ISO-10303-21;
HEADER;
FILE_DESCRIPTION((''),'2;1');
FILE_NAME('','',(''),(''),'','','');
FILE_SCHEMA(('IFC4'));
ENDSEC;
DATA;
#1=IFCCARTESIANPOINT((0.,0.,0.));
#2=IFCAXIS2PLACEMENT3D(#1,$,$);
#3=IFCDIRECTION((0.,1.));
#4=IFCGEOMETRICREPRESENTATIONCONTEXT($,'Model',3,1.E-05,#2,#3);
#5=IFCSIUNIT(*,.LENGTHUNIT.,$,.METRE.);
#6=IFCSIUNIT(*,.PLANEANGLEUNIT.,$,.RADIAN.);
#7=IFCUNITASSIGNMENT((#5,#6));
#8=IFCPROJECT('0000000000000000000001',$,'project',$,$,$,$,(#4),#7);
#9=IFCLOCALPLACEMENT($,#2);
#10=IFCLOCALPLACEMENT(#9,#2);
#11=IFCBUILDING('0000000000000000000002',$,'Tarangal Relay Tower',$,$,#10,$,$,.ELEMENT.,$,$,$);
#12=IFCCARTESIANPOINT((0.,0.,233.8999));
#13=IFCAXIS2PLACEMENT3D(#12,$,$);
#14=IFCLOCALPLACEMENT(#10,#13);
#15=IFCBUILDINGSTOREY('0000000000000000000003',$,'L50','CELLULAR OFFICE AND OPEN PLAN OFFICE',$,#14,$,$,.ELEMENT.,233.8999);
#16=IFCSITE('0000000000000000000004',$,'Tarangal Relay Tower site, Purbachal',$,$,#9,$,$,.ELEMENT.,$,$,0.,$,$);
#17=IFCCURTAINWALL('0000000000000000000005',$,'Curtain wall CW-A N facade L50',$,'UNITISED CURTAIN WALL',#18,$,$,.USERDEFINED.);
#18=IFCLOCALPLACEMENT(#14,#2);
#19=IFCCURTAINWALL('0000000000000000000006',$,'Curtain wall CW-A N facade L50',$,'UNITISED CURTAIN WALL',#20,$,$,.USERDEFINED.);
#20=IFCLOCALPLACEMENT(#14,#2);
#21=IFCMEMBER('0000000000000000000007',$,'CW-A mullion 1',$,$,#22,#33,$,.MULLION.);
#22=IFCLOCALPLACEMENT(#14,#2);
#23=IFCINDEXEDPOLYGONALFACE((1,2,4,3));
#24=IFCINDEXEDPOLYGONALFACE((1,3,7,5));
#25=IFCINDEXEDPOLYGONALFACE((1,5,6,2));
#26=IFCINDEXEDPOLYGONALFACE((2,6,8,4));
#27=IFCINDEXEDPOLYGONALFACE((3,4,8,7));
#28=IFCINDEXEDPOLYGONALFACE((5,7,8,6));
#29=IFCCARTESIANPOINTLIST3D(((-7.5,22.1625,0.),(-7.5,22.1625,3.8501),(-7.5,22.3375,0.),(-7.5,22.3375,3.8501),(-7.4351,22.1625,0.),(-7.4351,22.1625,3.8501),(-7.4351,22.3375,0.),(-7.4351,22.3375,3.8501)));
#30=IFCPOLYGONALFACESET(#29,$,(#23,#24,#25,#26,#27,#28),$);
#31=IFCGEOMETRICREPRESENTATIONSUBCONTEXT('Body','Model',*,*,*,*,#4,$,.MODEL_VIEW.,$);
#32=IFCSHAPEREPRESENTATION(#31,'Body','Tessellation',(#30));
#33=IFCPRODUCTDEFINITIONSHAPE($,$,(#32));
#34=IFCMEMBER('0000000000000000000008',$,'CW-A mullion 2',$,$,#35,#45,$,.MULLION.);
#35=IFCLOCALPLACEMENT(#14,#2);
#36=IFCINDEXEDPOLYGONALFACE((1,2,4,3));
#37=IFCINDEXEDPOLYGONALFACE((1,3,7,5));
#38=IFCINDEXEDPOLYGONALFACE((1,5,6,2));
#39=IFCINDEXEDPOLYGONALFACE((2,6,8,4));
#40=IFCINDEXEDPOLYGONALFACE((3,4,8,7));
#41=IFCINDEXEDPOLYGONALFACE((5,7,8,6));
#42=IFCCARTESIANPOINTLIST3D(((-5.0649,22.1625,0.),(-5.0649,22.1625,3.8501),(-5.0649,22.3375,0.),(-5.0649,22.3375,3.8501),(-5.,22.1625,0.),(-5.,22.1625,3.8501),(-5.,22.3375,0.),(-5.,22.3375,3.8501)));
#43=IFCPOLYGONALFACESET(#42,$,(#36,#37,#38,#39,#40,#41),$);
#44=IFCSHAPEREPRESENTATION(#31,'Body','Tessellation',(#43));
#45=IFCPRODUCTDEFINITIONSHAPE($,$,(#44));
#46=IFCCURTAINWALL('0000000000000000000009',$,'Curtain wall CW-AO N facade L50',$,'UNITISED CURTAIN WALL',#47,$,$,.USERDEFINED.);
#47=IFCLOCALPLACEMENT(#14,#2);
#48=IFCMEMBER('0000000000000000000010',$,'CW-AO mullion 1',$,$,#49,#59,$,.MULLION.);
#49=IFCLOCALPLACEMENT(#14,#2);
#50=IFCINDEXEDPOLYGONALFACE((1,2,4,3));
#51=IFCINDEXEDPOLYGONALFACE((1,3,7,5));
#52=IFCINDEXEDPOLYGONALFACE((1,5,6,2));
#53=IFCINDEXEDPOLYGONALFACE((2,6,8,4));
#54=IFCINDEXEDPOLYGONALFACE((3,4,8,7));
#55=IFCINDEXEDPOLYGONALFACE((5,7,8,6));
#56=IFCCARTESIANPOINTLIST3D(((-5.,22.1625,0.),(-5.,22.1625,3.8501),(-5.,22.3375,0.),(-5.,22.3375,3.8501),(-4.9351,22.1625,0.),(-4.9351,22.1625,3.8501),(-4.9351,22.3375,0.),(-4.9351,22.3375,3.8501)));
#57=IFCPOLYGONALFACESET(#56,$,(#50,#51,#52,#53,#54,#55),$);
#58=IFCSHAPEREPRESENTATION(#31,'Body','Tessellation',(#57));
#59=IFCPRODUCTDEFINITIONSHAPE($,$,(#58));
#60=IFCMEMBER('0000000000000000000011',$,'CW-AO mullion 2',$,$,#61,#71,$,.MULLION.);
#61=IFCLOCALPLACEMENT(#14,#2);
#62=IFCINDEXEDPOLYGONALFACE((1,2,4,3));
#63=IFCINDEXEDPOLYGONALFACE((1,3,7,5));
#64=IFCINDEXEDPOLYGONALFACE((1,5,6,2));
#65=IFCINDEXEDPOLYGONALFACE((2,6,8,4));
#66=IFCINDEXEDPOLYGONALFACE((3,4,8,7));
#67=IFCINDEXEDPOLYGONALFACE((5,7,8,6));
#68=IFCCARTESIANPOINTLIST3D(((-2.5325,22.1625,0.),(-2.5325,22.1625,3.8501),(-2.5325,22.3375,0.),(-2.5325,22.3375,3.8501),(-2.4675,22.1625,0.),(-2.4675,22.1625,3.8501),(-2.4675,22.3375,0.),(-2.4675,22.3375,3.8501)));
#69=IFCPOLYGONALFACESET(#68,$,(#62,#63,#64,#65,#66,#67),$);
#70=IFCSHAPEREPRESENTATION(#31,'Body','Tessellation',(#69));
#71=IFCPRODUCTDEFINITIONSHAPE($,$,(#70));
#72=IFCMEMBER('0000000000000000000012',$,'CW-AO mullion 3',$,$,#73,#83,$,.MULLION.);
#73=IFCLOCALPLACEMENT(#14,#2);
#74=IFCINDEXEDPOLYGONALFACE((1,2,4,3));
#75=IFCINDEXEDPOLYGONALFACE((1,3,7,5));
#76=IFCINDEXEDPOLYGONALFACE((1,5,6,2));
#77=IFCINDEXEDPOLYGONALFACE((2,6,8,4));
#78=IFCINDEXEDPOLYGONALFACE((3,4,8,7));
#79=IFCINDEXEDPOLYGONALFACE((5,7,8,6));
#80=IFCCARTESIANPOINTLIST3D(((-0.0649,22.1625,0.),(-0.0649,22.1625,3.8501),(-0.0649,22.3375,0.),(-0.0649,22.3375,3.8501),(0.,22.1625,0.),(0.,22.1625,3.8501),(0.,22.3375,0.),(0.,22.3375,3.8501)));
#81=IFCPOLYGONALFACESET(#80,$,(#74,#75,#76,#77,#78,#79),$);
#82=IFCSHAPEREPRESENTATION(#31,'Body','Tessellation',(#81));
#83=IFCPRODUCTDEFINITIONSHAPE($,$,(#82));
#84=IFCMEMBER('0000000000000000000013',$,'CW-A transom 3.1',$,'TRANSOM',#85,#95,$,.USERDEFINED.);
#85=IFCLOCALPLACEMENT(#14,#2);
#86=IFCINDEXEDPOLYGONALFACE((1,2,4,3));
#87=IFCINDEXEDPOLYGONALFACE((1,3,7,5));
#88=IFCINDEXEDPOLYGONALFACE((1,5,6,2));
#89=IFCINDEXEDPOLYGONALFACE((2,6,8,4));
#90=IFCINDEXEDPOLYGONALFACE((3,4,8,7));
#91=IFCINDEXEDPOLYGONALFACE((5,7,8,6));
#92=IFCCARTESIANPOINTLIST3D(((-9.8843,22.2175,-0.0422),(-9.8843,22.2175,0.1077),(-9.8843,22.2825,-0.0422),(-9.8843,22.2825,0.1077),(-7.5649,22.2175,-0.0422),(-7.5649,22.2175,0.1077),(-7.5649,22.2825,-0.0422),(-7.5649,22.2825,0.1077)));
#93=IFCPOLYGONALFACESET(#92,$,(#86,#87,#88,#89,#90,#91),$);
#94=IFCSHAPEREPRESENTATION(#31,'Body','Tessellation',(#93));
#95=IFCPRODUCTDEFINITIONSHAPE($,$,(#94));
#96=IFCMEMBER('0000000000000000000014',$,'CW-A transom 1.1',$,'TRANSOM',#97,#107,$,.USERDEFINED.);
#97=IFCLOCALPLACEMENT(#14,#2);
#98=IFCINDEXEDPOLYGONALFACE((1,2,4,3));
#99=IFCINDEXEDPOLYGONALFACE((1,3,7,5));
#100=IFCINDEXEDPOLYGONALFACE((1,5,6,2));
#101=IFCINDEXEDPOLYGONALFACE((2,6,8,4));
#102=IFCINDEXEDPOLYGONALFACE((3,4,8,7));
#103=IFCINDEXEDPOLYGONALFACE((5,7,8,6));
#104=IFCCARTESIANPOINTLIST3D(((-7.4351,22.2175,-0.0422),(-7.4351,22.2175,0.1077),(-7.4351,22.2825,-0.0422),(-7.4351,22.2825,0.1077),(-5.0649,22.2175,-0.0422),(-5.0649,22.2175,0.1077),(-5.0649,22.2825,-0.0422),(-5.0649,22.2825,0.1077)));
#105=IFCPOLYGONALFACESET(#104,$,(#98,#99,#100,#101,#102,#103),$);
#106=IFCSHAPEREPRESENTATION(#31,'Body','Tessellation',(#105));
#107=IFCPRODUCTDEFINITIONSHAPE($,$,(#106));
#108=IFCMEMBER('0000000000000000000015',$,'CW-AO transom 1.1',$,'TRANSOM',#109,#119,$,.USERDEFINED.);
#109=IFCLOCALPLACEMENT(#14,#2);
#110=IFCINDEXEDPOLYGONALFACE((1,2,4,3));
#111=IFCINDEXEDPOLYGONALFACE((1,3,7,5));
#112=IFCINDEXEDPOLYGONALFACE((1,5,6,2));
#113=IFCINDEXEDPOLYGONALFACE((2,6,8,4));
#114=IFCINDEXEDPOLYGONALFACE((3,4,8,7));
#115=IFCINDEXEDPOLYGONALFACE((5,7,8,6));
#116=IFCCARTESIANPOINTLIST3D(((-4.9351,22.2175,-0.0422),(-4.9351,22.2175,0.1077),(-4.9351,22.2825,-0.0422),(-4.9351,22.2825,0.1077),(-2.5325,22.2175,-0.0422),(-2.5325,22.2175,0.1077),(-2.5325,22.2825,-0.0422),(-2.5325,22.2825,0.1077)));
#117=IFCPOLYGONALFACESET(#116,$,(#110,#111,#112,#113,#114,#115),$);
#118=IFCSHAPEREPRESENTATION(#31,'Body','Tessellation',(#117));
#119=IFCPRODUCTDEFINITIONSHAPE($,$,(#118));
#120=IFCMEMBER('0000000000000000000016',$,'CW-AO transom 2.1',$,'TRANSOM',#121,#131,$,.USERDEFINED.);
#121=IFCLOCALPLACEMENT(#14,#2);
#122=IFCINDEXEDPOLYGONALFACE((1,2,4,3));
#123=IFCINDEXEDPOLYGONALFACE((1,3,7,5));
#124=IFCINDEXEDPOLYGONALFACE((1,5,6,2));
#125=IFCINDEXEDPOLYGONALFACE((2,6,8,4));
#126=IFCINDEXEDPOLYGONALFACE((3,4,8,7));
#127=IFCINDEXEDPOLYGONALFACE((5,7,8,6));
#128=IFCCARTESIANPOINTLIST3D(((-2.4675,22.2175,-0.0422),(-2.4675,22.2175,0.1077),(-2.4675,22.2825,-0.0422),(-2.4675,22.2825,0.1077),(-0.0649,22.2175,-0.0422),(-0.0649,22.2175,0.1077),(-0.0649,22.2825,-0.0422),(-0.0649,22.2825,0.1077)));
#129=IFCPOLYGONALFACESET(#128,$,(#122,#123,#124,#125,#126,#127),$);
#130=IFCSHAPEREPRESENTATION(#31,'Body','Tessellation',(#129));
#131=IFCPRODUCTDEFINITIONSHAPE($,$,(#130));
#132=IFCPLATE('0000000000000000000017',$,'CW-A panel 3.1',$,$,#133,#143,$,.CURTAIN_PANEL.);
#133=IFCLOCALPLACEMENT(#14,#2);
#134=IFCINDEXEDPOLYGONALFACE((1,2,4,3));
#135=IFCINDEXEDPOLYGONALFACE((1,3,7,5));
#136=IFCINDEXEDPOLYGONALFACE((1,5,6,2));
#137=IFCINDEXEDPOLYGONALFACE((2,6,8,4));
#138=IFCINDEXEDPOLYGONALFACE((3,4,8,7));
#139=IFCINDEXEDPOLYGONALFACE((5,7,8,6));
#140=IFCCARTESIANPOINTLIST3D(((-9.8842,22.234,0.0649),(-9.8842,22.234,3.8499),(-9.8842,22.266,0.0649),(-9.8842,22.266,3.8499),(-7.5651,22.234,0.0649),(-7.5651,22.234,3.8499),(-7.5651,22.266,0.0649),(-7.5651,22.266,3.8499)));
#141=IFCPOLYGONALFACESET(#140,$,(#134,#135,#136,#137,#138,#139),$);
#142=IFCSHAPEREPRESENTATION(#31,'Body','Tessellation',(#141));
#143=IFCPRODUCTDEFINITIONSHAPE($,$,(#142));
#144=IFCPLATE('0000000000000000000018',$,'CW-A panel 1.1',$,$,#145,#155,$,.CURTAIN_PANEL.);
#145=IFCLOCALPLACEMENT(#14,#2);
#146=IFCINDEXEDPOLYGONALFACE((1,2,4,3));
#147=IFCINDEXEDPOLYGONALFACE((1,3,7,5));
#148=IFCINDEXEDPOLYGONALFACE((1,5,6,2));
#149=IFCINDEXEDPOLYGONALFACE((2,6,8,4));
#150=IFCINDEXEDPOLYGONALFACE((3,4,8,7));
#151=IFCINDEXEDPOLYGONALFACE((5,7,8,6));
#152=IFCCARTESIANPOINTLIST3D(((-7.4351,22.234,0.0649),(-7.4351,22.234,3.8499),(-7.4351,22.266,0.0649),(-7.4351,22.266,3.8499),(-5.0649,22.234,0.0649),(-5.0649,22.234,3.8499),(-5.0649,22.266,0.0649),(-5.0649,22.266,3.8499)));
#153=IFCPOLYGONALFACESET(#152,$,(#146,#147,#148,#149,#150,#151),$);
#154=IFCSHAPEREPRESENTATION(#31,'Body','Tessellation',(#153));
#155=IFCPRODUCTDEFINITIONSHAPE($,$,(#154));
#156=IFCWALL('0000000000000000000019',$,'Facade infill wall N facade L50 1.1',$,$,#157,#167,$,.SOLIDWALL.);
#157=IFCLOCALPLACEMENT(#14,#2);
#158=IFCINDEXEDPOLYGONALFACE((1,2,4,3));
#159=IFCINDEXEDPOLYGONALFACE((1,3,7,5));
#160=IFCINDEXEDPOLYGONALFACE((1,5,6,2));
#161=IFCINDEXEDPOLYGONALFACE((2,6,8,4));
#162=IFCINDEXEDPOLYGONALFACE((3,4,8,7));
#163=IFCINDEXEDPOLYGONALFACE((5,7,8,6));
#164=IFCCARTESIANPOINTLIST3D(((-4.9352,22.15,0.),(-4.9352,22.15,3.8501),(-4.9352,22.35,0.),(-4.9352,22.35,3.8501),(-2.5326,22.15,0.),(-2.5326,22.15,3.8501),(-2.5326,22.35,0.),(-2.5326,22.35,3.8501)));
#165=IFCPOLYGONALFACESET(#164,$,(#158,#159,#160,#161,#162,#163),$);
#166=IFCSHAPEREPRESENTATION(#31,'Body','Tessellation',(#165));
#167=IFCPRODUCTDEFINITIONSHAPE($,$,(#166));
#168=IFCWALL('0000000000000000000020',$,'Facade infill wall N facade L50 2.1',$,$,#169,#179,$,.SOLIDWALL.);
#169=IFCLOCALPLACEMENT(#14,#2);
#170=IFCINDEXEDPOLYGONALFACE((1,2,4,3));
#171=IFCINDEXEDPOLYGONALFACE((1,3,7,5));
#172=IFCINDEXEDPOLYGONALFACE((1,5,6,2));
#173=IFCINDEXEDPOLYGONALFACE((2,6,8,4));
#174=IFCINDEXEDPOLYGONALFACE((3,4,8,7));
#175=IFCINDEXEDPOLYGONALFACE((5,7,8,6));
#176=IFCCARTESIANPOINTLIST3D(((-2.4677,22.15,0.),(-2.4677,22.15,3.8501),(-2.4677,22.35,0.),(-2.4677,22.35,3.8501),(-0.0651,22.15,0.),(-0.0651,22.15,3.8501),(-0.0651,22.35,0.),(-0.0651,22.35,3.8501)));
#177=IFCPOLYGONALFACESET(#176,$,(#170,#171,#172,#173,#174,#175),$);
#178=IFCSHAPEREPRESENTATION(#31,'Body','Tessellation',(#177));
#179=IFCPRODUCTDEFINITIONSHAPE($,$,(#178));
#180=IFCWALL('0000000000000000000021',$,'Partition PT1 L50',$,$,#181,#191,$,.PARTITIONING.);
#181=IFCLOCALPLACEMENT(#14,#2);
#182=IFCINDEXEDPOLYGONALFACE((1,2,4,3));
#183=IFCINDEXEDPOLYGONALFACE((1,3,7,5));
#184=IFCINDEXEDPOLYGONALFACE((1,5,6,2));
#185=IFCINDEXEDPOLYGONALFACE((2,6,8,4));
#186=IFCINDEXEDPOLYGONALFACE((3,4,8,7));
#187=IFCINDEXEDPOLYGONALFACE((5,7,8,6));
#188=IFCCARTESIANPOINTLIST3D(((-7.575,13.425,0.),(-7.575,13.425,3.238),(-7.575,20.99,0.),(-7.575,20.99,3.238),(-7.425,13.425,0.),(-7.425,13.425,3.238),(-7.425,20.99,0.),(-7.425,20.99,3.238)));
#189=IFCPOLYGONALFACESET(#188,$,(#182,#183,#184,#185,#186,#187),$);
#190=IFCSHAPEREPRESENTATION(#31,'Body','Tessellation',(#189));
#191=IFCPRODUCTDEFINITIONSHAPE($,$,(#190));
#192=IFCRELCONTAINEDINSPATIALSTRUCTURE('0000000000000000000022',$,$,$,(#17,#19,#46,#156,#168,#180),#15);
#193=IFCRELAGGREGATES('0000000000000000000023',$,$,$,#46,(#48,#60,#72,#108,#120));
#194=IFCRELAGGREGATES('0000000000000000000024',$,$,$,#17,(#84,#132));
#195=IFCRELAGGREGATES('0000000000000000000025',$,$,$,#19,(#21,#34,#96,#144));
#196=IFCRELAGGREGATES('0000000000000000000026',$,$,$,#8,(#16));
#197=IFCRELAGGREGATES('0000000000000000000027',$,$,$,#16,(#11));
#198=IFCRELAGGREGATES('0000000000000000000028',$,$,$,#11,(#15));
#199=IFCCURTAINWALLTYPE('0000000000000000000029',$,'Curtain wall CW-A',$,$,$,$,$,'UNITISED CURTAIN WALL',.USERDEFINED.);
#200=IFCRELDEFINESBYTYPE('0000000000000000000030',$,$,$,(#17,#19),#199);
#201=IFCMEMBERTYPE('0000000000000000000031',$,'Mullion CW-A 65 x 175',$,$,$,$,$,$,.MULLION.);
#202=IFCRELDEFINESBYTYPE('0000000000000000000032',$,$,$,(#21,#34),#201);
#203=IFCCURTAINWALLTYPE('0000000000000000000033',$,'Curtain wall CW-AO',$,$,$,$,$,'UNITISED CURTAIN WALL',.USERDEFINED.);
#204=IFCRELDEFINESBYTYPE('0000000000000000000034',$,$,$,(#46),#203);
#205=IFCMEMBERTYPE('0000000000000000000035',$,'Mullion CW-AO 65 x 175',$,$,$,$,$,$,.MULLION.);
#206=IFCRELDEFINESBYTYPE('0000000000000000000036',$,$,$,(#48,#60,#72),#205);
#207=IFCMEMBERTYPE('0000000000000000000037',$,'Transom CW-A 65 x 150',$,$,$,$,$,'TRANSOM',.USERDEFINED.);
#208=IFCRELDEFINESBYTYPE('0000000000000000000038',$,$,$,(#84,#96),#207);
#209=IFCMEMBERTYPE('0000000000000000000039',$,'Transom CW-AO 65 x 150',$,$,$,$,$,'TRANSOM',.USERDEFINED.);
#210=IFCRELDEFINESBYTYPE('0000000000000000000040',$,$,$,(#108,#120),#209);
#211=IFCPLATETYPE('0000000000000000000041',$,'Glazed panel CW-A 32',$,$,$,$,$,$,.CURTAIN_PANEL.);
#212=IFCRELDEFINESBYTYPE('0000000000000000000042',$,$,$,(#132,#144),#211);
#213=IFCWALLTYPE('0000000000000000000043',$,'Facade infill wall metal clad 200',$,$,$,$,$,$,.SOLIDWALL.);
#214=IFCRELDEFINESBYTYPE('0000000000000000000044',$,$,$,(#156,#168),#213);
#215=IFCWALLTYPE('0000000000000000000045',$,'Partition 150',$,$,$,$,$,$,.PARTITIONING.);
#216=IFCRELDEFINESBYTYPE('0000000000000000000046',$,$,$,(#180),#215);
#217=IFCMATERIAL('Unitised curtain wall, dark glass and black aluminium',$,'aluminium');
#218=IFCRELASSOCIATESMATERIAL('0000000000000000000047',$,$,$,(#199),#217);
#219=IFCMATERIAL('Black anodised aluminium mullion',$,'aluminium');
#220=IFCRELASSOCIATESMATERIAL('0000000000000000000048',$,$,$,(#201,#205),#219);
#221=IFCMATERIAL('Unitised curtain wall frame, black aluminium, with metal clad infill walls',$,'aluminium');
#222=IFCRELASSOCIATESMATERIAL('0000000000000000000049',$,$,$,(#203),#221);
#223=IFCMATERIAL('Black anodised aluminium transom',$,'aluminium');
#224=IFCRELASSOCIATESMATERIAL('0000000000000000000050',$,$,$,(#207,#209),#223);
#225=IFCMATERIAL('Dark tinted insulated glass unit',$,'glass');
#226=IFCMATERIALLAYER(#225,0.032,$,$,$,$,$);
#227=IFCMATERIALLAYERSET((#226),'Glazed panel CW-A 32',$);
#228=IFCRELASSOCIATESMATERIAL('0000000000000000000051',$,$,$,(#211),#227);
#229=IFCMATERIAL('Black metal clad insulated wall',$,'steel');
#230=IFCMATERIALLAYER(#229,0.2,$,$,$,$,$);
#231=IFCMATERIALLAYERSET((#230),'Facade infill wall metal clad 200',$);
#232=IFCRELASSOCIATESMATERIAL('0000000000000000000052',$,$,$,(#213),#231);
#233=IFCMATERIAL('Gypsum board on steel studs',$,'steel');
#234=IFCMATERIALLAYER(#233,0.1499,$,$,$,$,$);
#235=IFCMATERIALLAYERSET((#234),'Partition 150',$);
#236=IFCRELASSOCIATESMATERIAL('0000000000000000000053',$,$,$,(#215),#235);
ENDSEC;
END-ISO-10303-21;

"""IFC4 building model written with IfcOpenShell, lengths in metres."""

from ifc_helpers import new_model, si_unit, direction, frame, frame_2d, origin, origin_2d, place, context, subcontext, project, spatial, rectangle, extrude, material, layer, layer_set, material_profile, profile_set, type_object, element, aggregate, save


model = new_model("IFC4")

# Units and contexts
model_context = context("Model", 3, precision=1e-05, world=origin(), true_north=direction((0.0, 1.0)))
body_context = subcontext(model_context, "Body", "Model", "MODEL_VIEW")
ifc_project = project(units=[si_unit("LENGTHUNIT", "METRE"), si_unit("PLANEANGLEUNIT", "RADIAN")], contexts=[model_context])

# Site, building, storey
site_placement = place(None, origin())
site = spatial("IfcSite", under=ifc_project, at=site_placement, Name="Tarangal Relay Tower site, Purbachal", CompositionType="ELEMENT", RefElevation=0.0)
building_placement = place(site_placement, origin())
building = spatial("IfcBuilding", under=site, at=building_placement, Name="Tarangal Relay Tower", CompositionType="ELEMENT")
storey_placement = place(building_placement, frame((0.0, 0.0, 233.8999)))
storey = spatial("IfcBuildingStorey", under=building, at=storey_placement, Name="L50", Description="CELLULAR OFFICE AND OPEN PLAN OFFICE", CompositionType="ELEMENT", Elevation=233.8999)

# Curtain wall
ifc_material_1 = material(Name="Unitised curtain wall, dark glass and black aluminium", Category="aluminium")
curtain_wall_type_1 = type_object("IfcCurtainWallType", Name="Curtain wall CW-A", ElementType="UNITISED CURTAIN WALL", PredefinedType="USERDEFINED", material=ifc_material_1)
curtain_wall_1_placement = place(storey_placement, origin())
curtain_wall_1 = element("IfcCurtainWall", 1, at=curtain_wall_1_placement, inside=storey, type_object=curtain_wall_type_1, Name="Curtain wall CW-A N facade L50", ObjectType="UNITISED CURTAIN WALL", PredefinedType="USERDEFINED")
ifc_material_2 = material(Name="Black anodised aluminium mullion", Category="aluminium")
ifc_material_profile_1 = material_profile(ifc_material_2, rectangle(XDim=0.175, YDim=0.0649, at=origin_2d()), Name="CW-AM 65X175")
ifc_profile_set_1 = profile_set([ifc_material_profile_1], Name="Black anodised aluminium mullion")
member_type_1 = type_object("IfcMemberType", Name="Mullion CW-A 65 x 175", PredefinedType="MULLION", material=ifc_profile_set_1)

# Curtain walls, members
curtain_wall_2_placement = place(storey_placement, origin())
curtain_wall_2 = element("IfcCurtainWall", 2, at=curtain_wall_2_placement, inside=storey, type_object=curtain_wall_type_1, Name="Curtain wall CW-A N facade L50", ObjectType="UNITISED CURTAIN WALL", PredefinedType="USERDEFINED")
member_1_placement = place(storey_placement, frame((-7.4675, 22.25, 0.0), z_axis=(0.0, 0.0, 1.0), x_axis=(0.0, 1.0, 0.0)))
member_1 = element("IfcMember", 3, at=member_1_placement, type_object=member_type_1, Name="CW-A mullion 1", PredefinedType="MULLION", context=body_context, shape_type="SweptSolid", body=[
    extrude(rectangle(XDim=0.175, YDim=0.0649, at=origin_2d()), origin(), (0.0, 0.0, 1.0), 3.8501),
])
member_2_placement = place(storey_placement, frame((-5.0325, 22.25, 0.0), z_axis=(0.0, 0.0, 1.0), x_axis=(0.0, 1.0, 0.0)))
member_2 = element("IfcMember", 4, at=member_2_placement, type_object=member_type_1, Name="CW-A mullion 2", PredefinedType="MULLION", context=body_context, shape_type="SweptSolid", body=[
    extrude(rectangle(XDim=0.175, YDim=0.0649, at=origin_2d()), origin(), (0.0, 0.0, 1.0), 3.8501),
])
ifc_material_3 = material(Name="Unitised curtain wall frame, black aluminium, with metal clad infill walls", Category="aluminium")
curtain_wall_type_2 = type_object("IfcCurtainWallType", Name="Curtain wall CW-AO", ElementType="UNITISED CURTAIN WALL", PredefinedType="USERDEFINED", material=ifc_material_3)
curtain_wall_3_placement = place(storey_placement, origin())
curtain_wall_3 = element("IfcCurtainWall", 5, at=curtain_wall_3_placement, inside=storey, type_object=curtain_wall_type_2, Name="Curtain wall CW-AO N facade L50", ObjectType="UNITISED CURTAIN WALL", PredefinedType="USERDEFINED")
ifc_material_profile_2 = material_profile(ifc_material_2, rectangle(XDim=0.175, YDim=0.0649, at=origin_2d()), Name="CW-AOM 65X175")
ifc_profile_set_2 = profile_set([ifc_material_profile_2], Name="Black anodised aluminium mullion")
member_type_2 = type_object("IfcMemberType", Name="Mullion CW-AO 65 x 175", PredefinedType="MULLION", material=ifc_profile_set_2)
member_3_placement = place(storey_placement, frame((-4.9675, 22.25, 0.0), z_axis=(0.0, 0.0, 1.0), x_axis=(0.0, 1.0, 0.0)))
member_3 = element("IfcMember", 6, at=member_3_placement, type_object=member_type_2, Name="CW-AO mullion 1", PredefinedType="MULLION", context=body_context, shape_type="SweptSolid", body=[
    extrude(rectangle(XDim=0.175, YDim=0.0649, at=origin_2d()), origin(), (0.0, 0.0, 1.0), 3.8501),
])
member_4_placement = place(storey_placement, frame((-2.5, 22.25, 0.0), z_axis=(0.0, 0.0, 1.0), x_axis=(0.0, 1.0, 0.0)))
member_4 = element("IfcMember", 7, at=member_4_placement, type_object=member_type_2, Name="CW-AO mullion 2", PredefinedType="MULLION", context=body_context, shape_type="SweptSolid", body=[
    extrude(rectangle(XDim=0.175, YDim=0.0649, at=origin_2d()), origin(), (0.0, 0.0, 1.0), 3.8501),
])
member_5_placement = place(storey_placement, frame((-0.0325, 22.25, 0.0), z_axis=(0.0, 0.0, 1.0), x_axis=(0.0, 1.0, 0.0)))
member_5 = element("IfcMember", 8, at=member_5_placement, type_object=member_type_2, Name="CW-AO mullion 3", PredefinedType="MULLION", context=body_context, shape_type="SweptSolid", body=[
    extrude(rectangle(XDim=0.175, YDim=0.0649, at=origin_2d()), origin(), (0.0, 0.0, 1.0), 3.8501),
])

# Members
ifc_material_4 = material(Name="Black anodised aluminium transom", Category="aluminium")
ifc_material_profile_3 = material_profile(ifc_material_4, rectangle(XDim=0.0649, YDim=0.1499, at=origin_2d()), Name="CW-AT 65X150")
ifc_profile_set_3 = profile_set([ifc_material_profile_3], Name="Black anodised aluminium transom")
member_type_3 = type_object("IfcMemberType", Name="Transom CW-A 65 x 150", ElementType="TRANSOM", PredefinedType="USERDEFINED", material=ifc_profile_set_3)
member_6_placement = place(storey_placement, frame((-9.8843, 22.25, 0.0327), z_axis=(1.0, 0.0, 0.0), x_axis=(0.0, 1.0, 0.0)))
member_6 = element("IfcMember", 9, at=member_6_placement, type_object=member_type_3, Name="CW-A transom 3.1", ObjectType="TRANSOM", PredefinedType="USERDEFINED", context=body_context, shape_type="SweptSolid", body=[
    extrude(rectangle(XDim=0.0649, YDim=0.1499, at=origin_2d()), origin(), (0.0, 0.0, 1.0), 2.3193),
])
member_7_placement = place(storey_placement, frame((-7.4351, 22.25, 0.0327), z_axis=(1.0, 0.0, 0.0), x_axis=(0.0, 1.0, 0.0)))
member_7 = element("IfcMember", 10, at=member_7_placement, type_object=member_type_3, Name="CW-A transom 1.1", ObjectType="TRANSOM", PredefinedType="USERDEFINED", context=body_context, shape_type="SweptSolid", body=[
    extrude(rectangle(XDim=0.0649, YDim=0.1499, at=origin_2d()), origin(), (0.0, 0.0, 1.0), 2.3701),
])
ifc_material_profile_4 = material_profile(ifc_material_4, rectangle(XDim=0.0649, YDim=0.1499, at=origin_2d()), Name="CW-AOT 65X150")
ifc_profile_set_4 = profile_set([ifc_material_profile_4], Name="Black anodised aluminium transom")
member_type_4 = type_object("IfcMemberType", Name="Transom CW-AO 65 x 150", ElementType="TRANSOM", PredefinedType="USERDEFINED", material=ifc_profile_set_4)
member_8_placement = place(storey_placement, frame((-4.9351, 22.25, 0.0327), z_axis=(1.0, 0.0, 0.0), x_axis=(0.0, 1.0, 0.0)))
member_8 = element("IfcMember", 11, at=member_8_placement, type_object=member_type_4, Name="CW-AO transom 1.1", ObjectType="TRANSOM", PredefinedType="USERDEFINED", context=body_context, shape_type="SweptSolid", body=[
    extrude(rectangle(XDim=0.0649, YDim=0.1499, at=origin_2d()), origin(), (0.0, 0.0, 1.0), 2.4026),
])
member_9_placement = place(storey_placement, frame((-2.4675, 22.25, 0.0327), z_axis=(1.0, 0.0, 0.0), x_axis=(0.0, 1.0, 0.0)))
member_9 = element("IfcMember", 12, at=member_9_placement, type_object=member_type_4, Name="CW-AO transom 2.1", ObjectType="TRANSOM", PredefinedType="USERDEFINED", context=body_context, shape_type="SweptSolid", body=[
    extrude(rectangle(XDim=0.0649, YDim=0.1499, at=origin_2d()), origin(), (0.0, 0.0, 1.0), 2.4026),
])
aggregate(curtain_wall_3, [member_3, member_4, member_5, member_8, member_9])

# Plates
ifc_material_5 = material(Name="Dark tinted insulated glass unit", Category="glass")
ifc_layer_1 = layer(ifc_material_5, 0.032)
ifc_layer_set_1 = layer_set([ifc_layer_1], Name="Glazed panel CW-A 32")
plate_type = type_object("IfcPlateType", Name="Glazed panel CW-A 32", PredefinedType="CURTAIN_PANEL", material=ifc_layer_set_1)
plate_1_placement = place(storey_placement, frame((-8.7246, 22.25, 0.0649), z_axis=(0.0, 0.0, 1.0), x_axis=(1.0, 0.0, 0.0)))
plate_1 = element("IfcPlate", 13, at=plate_1_placement, type_object=plate_type, Name="CW-A panel 3.1", PredefinedType="CURTAIN_PANEL", context=body_context, shape_type="SweptSolid", body=[
    extrude(rectangle(XDim=2.3191, YDim=0.032, at=origin_2d()), origin(), (0.0, 0.0, 1.0), 3.7849),
])
aggregate(curtain_wall_1, [member_6, plate_1])
plate_2_placement = place(storey_placement, frame((-6.25, 22.25, 0.0649), z_axis=(0.0, 0.0, 1.0), x_axis=(1.0, 0.0, 0.0)))
plate_2 = element("IfcPlate", 14, at=plate_2_placement, type_object=plate_type, Name="CW-A panel 1.1", PredefinedType="CURTAIN_PANEL", context=body_context, shape_type="SweptSolid", body=[
    extrude(rectangle(XDim=2.3701, YDim=0.032, at=origin_2d()), origin(), (0.0, 0.0, 1.0), 3.7849),
])
aggregate(curtain_wall_2, [member_1, member_2, member_7, plate_2])

# Walls
ifc_material_6 = material(Name="Black metal clad insulated wall", Category="steel")
ifc_layer_2 = layer(ifc_material_6, 0.2)
ifc_layer_set_2 = layer_set([ifc_layer_2], Name="Facade infill wall metal clad 200")
wall_type_1 = type_object("IfcWallType", Name="Facade infill wall metal clad 200", PredefinedType="SOLIDWALL", material=ifc_layer_set_2)
for number, where, z_axis, x_axis, name in (
    (15, (-4.9351, 22.25, 0.0), (0.0, 0.0, 1.0), (1.0, 0.0, 0.0), "Facade infill wall N facade L50 1.1"),
    (16, (-2.4675, 22.25, 0.0), (0.0, 0.0, 1.0), (1.0, 0.0, 0.0), "Facade infill wall N facade L50 2.1"),
):
    element("IfcWall", number, at=place(storey_placement, frame(where, z_axis=z_axis, x_axis=x_axis)), inside=storey, type_object=wall_type_1, Name=name, PredefinedType="SOLIDWALL", context=body_context, shape_type="SweptSolid", body=[
        extrude(rectangle(XDim=2.4026, YDim=0.2, at=frame_2d((1.2012, 0.0))), origin(), (0.0, 0.0, 1.0), 3.8501),
    ])
ifc_material_7 = material(Name="Gypsum board on steel studs", Category="steel")
ifc_layer_3 = layer(ifc_material_7, 0.1499)
ifc_layer_set_3 = layer_set([ifc_layer_3], Name="Partition 150")
wall_type_2 = type_object("IfcWallType", Name="Partition 150", PredefinedType="PARTITIONING", material=ifc_layer_set_3)
wall_1_placement = place(storey_placement, frame((-7.5, 13.425, 0.0), z_axis=(0.0, 0.0, 1.0), x_axis=(0.0, 1.0, 0.0)))
element("IfcWall", 17, at=wall_1_placement, inside=storey, type_object=wall_type_2, Name="Partition PT1 L50", PredefinedType="PARTITIONING", context=body_context, shape_type="SweptSolid", body=[
    extrude(rectangle(XDim=7.5649, YDim=0.1499, at=frame_2d((3.7825, 0.0))), origin(), (0.0, 0.0, 1.0), 3.238),
])

save(model, "model.ifc")
